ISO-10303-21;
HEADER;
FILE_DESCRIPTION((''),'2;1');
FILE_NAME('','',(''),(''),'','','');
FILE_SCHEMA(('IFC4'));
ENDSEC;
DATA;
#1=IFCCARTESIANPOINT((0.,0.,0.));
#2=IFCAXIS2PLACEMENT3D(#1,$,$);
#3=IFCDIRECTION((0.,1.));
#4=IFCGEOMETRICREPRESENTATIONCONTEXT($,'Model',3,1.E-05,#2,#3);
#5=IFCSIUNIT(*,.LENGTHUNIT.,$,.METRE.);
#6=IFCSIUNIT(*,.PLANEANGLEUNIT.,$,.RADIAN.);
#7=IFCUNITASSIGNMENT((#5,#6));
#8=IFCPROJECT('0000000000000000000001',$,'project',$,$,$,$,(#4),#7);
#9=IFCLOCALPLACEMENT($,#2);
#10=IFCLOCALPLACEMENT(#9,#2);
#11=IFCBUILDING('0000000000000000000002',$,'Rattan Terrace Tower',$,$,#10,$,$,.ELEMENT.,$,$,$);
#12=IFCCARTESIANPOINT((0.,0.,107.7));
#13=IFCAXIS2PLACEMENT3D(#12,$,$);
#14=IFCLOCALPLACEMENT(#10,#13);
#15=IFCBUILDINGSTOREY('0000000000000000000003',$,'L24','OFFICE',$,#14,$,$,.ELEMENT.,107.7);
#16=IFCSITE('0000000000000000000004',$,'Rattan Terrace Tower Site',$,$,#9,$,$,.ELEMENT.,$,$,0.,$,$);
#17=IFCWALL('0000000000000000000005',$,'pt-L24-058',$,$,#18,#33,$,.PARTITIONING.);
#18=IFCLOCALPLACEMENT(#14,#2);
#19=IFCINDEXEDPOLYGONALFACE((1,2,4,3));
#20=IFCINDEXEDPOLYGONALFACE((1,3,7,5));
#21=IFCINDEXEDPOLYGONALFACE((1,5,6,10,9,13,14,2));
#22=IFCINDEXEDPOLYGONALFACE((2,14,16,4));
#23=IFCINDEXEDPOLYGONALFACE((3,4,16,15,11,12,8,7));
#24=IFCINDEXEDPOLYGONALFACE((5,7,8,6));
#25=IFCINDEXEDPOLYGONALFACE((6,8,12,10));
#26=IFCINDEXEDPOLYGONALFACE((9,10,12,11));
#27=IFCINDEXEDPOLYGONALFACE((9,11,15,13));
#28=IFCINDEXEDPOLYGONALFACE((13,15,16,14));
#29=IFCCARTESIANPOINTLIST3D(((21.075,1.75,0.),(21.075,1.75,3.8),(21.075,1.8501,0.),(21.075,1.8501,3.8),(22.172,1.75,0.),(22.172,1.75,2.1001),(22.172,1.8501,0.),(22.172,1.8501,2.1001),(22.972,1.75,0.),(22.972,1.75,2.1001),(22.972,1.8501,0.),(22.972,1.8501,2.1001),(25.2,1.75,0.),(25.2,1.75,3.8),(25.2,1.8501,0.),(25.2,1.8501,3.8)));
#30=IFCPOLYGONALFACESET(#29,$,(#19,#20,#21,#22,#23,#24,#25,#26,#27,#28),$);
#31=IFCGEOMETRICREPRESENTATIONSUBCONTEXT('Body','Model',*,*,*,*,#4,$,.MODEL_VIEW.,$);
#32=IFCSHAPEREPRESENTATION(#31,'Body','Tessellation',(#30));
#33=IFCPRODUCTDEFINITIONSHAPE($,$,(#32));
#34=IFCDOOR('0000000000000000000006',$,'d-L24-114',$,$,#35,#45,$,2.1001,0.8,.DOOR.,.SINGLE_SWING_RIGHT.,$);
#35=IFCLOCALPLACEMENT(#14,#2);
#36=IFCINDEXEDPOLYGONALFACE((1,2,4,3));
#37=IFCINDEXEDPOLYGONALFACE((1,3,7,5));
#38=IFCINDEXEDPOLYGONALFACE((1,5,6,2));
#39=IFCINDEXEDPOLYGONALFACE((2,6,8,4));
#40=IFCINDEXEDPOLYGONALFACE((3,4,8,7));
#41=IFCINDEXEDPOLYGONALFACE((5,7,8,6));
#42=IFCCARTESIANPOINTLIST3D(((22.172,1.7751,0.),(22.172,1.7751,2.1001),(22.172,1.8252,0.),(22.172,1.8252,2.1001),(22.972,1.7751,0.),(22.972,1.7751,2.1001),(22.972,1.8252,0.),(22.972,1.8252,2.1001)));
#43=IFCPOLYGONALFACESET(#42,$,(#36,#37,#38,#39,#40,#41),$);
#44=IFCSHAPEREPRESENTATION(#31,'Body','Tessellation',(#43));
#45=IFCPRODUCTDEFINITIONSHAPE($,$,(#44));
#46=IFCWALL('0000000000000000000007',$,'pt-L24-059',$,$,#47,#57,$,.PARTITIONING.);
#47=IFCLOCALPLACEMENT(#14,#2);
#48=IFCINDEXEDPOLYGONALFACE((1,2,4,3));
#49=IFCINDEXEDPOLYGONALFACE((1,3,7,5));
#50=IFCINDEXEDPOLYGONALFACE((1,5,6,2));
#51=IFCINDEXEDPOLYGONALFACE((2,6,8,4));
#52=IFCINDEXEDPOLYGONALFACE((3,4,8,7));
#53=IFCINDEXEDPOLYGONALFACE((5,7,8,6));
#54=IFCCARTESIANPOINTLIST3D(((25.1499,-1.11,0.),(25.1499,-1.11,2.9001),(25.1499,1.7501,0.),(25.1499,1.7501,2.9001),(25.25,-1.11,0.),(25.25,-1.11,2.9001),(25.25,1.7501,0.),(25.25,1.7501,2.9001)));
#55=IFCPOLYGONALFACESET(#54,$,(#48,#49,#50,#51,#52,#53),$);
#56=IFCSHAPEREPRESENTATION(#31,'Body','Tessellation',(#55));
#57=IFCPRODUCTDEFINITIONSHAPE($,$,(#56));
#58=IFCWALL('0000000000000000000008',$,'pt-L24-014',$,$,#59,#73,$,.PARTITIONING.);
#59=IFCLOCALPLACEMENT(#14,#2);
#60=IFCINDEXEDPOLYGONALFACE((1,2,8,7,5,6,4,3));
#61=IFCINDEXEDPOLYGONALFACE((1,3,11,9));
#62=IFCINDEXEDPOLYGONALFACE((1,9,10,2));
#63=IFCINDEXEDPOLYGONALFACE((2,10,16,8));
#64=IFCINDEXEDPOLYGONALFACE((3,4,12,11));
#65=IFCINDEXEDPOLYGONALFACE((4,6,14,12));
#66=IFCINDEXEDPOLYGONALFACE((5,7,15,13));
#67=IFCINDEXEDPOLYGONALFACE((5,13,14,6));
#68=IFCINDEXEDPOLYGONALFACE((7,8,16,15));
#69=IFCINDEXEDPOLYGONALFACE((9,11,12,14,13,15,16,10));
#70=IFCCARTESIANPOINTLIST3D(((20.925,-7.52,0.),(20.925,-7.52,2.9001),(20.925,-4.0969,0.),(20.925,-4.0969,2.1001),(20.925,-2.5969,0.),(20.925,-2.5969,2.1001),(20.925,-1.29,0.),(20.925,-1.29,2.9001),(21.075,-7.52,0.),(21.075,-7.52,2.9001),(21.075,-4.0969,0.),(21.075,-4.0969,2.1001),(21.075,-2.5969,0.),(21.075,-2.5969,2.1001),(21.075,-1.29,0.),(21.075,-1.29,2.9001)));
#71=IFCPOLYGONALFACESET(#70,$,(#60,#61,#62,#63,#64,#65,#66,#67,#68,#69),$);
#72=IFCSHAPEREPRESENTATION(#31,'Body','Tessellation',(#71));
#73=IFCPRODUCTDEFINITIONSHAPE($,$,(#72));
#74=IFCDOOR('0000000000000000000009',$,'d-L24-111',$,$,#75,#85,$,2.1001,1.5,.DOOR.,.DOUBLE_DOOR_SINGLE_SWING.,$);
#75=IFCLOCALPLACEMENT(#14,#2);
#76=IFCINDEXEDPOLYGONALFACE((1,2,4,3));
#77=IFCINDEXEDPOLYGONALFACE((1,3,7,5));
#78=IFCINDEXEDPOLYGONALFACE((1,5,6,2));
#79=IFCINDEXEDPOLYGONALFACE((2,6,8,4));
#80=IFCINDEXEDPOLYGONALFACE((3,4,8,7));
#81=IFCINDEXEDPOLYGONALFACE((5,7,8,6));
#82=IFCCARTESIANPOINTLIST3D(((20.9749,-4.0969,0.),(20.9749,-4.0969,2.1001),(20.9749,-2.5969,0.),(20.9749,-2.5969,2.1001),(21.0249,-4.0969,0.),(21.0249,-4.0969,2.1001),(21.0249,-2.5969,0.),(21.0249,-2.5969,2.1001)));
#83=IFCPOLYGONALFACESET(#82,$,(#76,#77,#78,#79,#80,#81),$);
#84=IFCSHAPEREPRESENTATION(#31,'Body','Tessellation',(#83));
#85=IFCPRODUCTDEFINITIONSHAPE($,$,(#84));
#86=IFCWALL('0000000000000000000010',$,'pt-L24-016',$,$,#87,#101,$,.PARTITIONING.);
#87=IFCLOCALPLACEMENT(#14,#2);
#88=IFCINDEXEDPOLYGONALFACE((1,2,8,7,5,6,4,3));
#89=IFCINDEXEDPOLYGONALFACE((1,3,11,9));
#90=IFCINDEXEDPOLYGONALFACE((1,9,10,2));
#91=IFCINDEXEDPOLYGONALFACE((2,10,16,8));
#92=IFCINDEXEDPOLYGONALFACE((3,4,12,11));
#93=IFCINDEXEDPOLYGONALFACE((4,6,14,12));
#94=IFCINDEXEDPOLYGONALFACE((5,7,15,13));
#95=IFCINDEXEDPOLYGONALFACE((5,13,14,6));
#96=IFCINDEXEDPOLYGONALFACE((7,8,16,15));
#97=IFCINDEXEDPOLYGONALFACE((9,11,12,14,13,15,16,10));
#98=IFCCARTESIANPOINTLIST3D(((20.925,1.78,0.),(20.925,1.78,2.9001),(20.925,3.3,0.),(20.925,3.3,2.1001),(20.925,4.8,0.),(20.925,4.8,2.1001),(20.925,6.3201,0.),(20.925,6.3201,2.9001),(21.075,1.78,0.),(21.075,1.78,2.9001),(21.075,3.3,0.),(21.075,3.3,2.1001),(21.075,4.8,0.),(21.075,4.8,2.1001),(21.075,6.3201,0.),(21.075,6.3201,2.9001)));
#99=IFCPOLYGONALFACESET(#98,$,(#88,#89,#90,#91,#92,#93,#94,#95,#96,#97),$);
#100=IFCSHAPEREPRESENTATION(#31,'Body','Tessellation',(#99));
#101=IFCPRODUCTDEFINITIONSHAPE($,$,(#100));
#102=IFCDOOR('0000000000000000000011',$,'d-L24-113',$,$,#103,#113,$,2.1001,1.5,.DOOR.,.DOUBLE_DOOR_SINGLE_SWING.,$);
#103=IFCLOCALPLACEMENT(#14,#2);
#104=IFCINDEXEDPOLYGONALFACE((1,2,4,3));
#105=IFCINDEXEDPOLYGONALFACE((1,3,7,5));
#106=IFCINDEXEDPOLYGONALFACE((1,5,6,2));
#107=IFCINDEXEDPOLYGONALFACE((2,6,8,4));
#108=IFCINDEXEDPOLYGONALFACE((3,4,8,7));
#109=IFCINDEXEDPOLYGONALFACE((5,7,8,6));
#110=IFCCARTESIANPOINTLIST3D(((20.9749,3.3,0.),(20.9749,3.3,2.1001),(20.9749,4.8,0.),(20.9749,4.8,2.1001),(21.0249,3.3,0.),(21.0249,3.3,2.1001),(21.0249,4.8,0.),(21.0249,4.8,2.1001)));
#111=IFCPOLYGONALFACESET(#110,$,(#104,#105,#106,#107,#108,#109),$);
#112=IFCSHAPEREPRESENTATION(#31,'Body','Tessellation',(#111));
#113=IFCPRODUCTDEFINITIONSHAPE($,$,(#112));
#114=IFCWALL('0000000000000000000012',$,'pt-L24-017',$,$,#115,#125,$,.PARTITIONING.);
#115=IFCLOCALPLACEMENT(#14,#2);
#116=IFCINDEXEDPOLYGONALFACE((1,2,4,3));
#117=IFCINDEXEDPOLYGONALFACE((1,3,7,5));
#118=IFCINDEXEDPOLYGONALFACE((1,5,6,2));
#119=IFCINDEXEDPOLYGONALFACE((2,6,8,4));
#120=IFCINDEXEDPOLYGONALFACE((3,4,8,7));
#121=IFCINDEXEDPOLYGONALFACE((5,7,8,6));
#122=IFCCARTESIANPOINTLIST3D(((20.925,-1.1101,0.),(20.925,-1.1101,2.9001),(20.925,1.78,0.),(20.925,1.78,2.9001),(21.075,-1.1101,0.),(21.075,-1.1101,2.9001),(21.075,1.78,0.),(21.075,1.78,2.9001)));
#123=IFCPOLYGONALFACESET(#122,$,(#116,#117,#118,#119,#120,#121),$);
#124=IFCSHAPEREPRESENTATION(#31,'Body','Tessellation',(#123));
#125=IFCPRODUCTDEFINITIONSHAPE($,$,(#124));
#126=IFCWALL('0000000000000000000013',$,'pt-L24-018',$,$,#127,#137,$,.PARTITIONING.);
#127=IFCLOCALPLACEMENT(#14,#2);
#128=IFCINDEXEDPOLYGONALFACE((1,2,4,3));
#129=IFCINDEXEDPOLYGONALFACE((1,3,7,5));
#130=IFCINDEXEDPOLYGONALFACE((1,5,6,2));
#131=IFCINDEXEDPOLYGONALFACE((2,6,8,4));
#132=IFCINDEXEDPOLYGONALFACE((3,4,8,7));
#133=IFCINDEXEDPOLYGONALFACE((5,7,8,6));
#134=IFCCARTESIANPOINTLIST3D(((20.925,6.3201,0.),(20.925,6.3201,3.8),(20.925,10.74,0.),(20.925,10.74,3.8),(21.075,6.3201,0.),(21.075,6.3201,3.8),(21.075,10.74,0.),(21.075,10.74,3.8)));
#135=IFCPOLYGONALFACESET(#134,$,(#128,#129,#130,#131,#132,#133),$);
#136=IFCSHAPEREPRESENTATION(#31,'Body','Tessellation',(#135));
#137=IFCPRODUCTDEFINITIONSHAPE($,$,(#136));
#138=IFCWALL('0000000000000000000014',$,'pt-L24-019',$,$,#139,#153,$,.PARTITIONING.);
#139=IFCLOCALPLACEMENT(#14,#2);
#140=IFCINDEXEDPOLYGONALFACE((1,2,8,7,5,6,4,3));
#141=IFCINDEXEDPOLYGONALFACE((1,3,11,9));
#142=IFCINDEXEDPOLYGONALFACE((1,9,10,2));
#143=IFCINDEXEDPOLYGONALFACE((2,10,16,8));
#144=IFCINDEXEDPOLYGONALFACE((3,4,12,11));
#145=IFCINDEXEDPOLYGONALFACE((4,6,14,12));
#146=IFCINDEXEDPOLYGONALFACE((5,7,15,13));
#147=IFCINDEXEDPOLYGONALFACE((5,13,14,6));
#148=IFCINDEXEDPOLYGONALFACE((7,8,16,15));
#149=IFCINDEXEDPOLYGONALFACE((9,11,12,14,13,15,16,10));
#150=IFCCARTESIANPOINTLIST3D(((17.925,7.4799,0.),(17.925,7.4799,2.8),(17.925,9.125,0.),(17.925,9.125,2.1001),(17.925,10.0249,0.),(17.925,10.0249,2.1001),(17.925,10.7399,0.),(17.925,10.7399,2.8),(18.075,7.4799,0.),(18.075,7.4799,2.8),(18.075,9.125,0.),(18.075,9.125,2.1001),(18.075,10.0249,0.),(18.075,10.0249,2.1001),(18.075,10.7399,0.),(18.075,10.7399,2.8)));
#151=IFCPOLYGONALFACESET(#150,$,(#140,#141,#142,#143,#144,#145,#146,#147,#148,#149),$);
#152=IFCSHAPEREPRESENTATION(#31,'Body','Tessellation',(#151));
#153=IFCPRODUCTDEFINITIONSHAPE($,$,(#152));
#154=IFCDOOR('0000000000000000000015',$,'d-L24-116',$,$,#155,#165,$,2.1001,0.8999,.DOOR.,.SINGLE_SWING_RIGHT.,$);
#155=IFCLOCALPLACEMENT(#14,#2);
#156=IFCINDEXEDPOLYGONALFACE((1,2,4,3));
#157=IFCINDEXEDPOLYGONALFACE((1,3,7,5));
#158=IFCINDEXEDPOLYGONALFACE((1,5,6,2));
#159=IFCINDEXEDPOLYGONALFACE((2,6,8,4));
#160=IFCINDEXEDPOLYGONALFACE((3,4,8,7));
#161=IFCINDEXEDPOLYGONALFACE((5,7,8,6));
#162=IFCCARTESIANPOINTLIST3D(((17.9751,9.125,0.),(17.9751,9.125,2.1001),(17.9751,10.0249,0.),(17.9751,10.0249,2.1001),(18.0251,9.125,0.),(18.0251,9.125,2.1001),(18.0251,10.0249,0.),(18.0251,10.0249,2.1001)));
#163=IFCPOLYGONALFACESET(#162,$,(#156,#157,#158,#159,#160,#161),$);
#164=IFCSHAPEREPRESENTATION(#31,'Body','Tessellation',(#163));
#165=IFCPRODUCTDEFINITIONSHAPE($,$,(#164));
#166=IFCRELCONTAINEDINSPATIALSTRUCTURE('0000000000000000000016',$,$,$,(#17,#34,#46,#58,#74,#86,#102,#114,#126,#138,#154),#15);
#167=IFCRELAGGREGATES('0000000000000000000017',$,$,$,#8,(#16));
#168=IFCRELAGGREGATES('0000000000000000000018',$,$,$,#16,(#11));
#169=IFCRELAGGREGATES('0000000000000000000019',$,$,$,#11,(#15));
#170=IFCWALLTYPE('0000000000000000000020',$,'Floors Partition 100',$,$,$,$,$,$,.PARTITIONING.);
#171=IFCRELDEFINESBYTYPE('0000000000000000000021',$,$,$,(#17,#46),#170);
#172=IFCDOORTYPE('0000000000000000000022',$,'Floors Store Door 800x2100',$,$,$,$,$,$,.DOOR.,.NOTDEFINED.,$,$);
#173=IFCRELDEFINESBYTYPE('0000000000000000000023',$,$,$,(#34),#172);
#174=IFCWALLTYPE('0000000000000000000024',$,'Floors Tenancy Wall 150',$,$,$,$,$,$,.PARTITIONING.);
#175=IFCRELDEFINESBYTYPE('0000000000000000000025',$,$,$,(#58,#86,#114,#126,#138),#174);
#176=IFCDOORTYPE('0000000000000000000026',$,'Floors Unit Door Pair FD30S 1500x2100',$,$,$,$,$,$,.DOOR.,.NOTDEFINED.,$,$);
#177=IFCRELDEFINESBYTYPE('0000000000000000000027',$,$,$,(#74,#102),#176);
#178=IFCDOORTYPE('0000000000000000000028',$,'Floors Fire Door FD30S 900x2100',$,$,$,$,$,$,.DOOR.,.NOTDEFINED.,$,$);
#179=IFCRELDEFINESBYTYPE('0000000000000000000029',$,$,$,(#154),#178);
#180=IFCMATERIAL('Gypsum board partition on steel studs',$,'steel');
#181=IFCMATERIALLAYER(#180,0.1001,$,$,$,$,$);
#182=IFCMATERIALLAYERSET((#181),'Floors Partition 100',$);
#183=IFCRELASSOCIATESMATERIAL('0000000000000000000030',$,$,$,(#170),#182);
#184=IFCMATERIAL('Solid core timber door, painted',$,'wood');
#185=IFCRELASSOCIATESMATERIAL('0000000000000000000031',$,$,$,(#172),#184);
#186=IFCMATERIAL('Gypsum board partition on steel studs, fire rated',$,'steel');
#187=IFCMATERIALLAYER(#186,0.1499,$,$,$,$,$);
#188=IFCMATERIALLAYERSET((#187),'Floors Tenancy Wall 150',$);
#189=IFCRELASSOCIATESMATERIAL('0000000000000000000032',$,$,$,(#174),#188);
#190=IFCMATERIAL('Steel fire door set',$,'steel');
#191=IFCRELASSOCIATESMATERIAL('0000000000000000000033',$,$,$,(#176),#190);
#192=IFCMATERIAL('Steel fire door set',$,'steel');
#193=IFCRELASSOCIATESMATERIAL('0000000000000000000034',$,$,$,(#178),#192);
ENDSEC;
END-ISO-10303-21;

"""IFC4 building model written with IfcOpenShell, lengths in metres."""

from ifc_helpers import new_model, si_unit, direction, frame, frame_2d, origin, place, context, subcontext, project, spatial, rectangle, extrude, material, layer, layer_set, type_object, element, fill, save


model = new_model("IFC4")

# Units and contexts
model_context = context("Model", 3, precision=1e-05, world=origin(), true_north=direction((0.0, 1.0)))
body_context = subcontext(model_context, "Body", "Model", "MODEL_VIEW")
ifc_project = project(units=[si_unit("LENGTHUNIT", "METRE"), si_unit("PLANEANGLEUNIT", "RADIAN")], contexts=[model_context])

# Site, building, storey
site_placement = place(None, origin())
site = spatial("IfcSite", under=ifc_project, at=site_placement, Name="Rattan Terrace Tower Site", CompositionType="ELEMENT", RefElevation=0.0)
building_placement = place(site_placement, origin())
building = spatial("IfcBuilding", under=site, at=building_placement, Name="Rattan Terrace Tower", CompositionType="ELEMENT")
storey_placement = place(building_placement, frame((0.0, 0.0, 107.7)))
storey = spatial("IfcBuildingStorey", under=building, at=storey_placement, Name="L24", Description="OFFICE", CompositionType="ELEMENT", Elevation=107.7)

# Wall, opening, door
ifc_material_1 = material(Name="Gypsum board partition on steel studs", Category="steel")
ifc_layer_1 = layer(ifc_material_1, 0.1001)
ifc_layer_set_1 = layer_set([ifc_layer_1], Name="Floors Partition 100")
wall_type_1 = type_object("IfcWallType", Name="Floors Partition 100", PredefinedType="PARTITIONING", material=ifc_layer_set_1)
wall_1_placement = place(storey_placement, frame((25.2, 1.8, 0.0), z_axis=(0.0, 0.0, 1.0), x_axis=(-1.0, 0.0, 0.0)))
wall_1 = element("IfcWall", 1, at=wall_1_placement, inside=storey, type_object=wall_type_1, Name="pt-L24-058", PredefinedType="PARTITIONING", context=body_context, shape_type="SweptSolid", body=[
    extrude(rectangle(XDim=4.125, YDim=0.1001, at=frame_2d((2.0625, 0.0))), origin(), (0.0, 0.0, 1.0), 3.8),
])
opening_1_placement = place(wall_1_placement, frame((2.228, 0.0, 0.0)))
opening_1 = element("IfcOpeningElement", 2, at=opening_1_placement, cuts=wall_1, PredefinedType="OPENING", context=body_context, shape_type="SweptSolid", body=[
    extrude(rectangle(XDim=0.8, YDim=2.1001, at=frame_2d((0.3999, 1.05))), frame((0.0, 0.0605, 0.0), z_axis=(0.0, -1.0, 0.0), x_axis=(1.0, 0.0, 0.0)), (0.0, 0.0, 1.0), 0.1211),
])
ifc_material_2 = material(Name="Solid core timber door, painted", Category="wood")
door_type_1 = type_object("IfcDoorType", Name="Floors Store Door 800x2100", OperationType="NOTDEFINED", PredefinedType="DOOR", material=ifc_material_2)
door_1_placement = place(opening_1_placement, origin())
door_1 = element("IfcDoor", 3, at=door_1_placement, inside=storey, type_object=door_type_1, Name="d-L24-114", OperationType="SINGLE_SWING_RIGHT", OverallHeight=2.1001, OverallWidth=0.8, PredefinedType="DOOR", context=body_context, shape_type="SweptSolid", body=[
    extrude(rectangle(XDim=0.8, YDim=2.1001, at=frame_2d((0.3999, 1.05))), frame((0.0, 0.0249, 0.0), z_axis=(0.0, -1.0, 0.0), x_axis=(1.0, 0.0, 0.0)), (0.0, 0.0, 1.0), 0.05),
])
fill(opening_1, door_1)

# Wall
wall_2_placement = place(storey_placement, frame((25.2, -1.1101, 0.0), z_axis=(0.0, 0.0, 1.0), x_axis=(0.0, 1.0, 0.0)))
element("IfcWall", 4, at=wall_2_placement, inside=storey, type_object=wall_type_1, Name="pt-L24-059", PredefinedType="PARTITIONING", context=body_context, shape_type="SweptSolid", body=[
    extrude(rectangle(XDim=2.8601, YDim=0.1001, at=frame_2d((1.4302, 0.0))), origin(), (0.0, 0.0, 1.0), 2.9001),
])

# Walls, openings, doors
ifc_material_3 = material(Name="Gypsum board partition on steel studs, fire rated", Category="steel")
ifc_layer_2 = layer(ifc_material_3, 0.1499)
ifc_layer_set_2 = layer_set([ifc_layer_2], Name="Floors Tenancy Wall 150")
wall_type_2 = type_object("IfcWallType", Name="Floors Tenancy Wall 150", PredefinedType="PARTITIONING", material=ifc_layer_set_2)
wall_3_placement = place(storey_placement, frame((21.0, -1.29, 0.0), z_axis=(0.0, 0.0, 1.0), x_axis=(0.0, -1.0, 0.0)))
wall_3 = element("IfcWall", 5, at=wall_3_placement, inside=storey, type_object=wall_type_2, Name="pt-L24-014", PredefinedType="PARTITIONING", context=body_context, shape_type="SweptSolid", body=[
    extrude(rectangle(XDim=6.23, YDim=0.1499, at=frame_2d((3.115, 0.0))), origin(), (0.0, 0.0, 1.0), 2.9001),
])
opening_2_placement = place(wall_3_placement, frame((1.3069, 0.0, 0.0)))
opening_2 = element("IfcOpeningElement", 6, at=opening_2_placement, cuts=wall_3, PredefinedType="OPENING", context=body_context, shape_type="SweptSolid", body=[
    extrude(rectangle(XDim=1.5, YDim=2.1001, at=frame_2d((0.75, 1.05))), frame((0.0, 0.0854, 0.0), z_axis=(0.0, -1.0, 0.0), x_axis=(1.0, 0.0, 0.0)), (0.0, 0.0, 1.0), 0.1709),
])
ifc_material_4 = material(Name="Steel fire door set", Category="steel")
door_type_2 = type_object("IfcDoorType", Name="Floors Unit Door Pair FD30S 1500x2100", OperationType="NOTDEFINED", PredefinedType="DOOR", material=ifc_material_4)
door_2_placement = place(opening_2_placement, origin())
door_2 = element("IfcDoor", 7, at=door_2_placement, inside=storey, type_object=door_type_2, Name="d-L24-111", OperationType="DOUBLE_DOOR_SINGLE_SWING", OverallHeight=2.1001, OverallWidth=1.5, PredefinedType="DOOR", context=body_context, shape_type="SweptSolid", body=[
    extrude(rectangle(XDim=1.5, YDim=2.1001, at=frame_2d((0.75, 1.05))), frame((0.0, 0.0249, 0.0), z_axis=(0.0, -1.0, 0.0), x_axis=(1.0, 0.0, 0.0)), (0.0, 0.0, 1.0), 0.05),
])
fill(opening_2, door_2)
wall_4_placement = place(storey_placement, frame((21.0, 6.3201, 0.0), z_axis=(0.0, 0.0, 1.0), x_axis=(0.0, -1.0, 0.0)))
wall_4 = element("IfcWall", 8, at=wall_4_placement, inside=storey, type_object=wall_type_2, Name="pt-L24-016", PredefinedType="PARTITIONING", context=body_context, shape_type="SweptSolid", body=[
    extrude(rectangle(XDim=4.54, YDim=0.1499, at=frame_2d((2.27, 0.0))), origin(), (0.0, 0.0, 1.0), 2.9001),
])
opening_3_placement = place(wall_4_placement, frame((1.52, 0.0, 0.0)))
opening_3 = element("IfcOpeningElement", 9, at=opening_3_placement, cuts=wall_4, PredefinedType="OPENING", context=body_context, shape_type="SweptSolid", body=[
    extrude(rectangle(XDim=1.5, YDim=2.1001, at=frame_2d((0.75, 1.05))), frame((0.0, 0.0854, 0.0), z_axis=(0.0, -1.0, 0.0), x_axis=(1.0, 0.0, 0.0)), (0.0, 0.0, 1.0), 0.1709),
])
door_3_placement = place(opening_3_placement, origin())
door_3 = element("IfcDoor", 10, at=door_3_placement, inside=storey, type_object=door_type_2, Name="d-L24-113", OperationType="DOUBLE_DOOR_SINGLE_SWING", OverallHeight=2.1001, OverallWidth=1.5, PredefinedType="DOOR", context=body_context, shape_type="SweptSolid", body=[
    extrude(rectangle(XDim=1.5, YDim=2.1001, at=frame_2d((0.75, 1.05))), frame((0.0, 0.0249, 0.0), z_axis=(0.0, -1.0, 0.0), x_axis=(1.0, 0.0, 0.0)), (0.0, 0.0, 1.0), 0.05),
])
fill(opening_3, door_3)

# Walls
wall_5_placement = place(storey_placement, frame((21.0, 1.78, 0.0), z_axis=(0.0, 0.0, 1.0), x_axis=(0.0, -1.0, 0.0)))
element("IfcWall", 11, at=wall_5_placement, inside=storey, type_object=wall_type_2, Name="pt-L24-017", PredefinedType="PARTITIONING", context=body_context, shape_type="SweptSolid", body=[
    extrude(rectangle(XDim=2.8901, YDim=0.1499, at=frame_2d((1.4451, 0.0))), origin(), (0.0, 0.0, 1.0), 2.9001),
])
wall_6_placement = place(storey_placement, frame((21.0, 10.74, 0.0), z_axis=(0.0, 0.0, 1.0), x_axis=(0.0, -1.0, 0.0)))
element("IfcWall", 12, at=wall_6_placement, inside=storey, type_object=wall_type_2, Name="pt-L24-018", PredefinedType="PARTITIONING", context=body_context, shape_type="SweptSolid", body=[
    extrude(rectangle(XDim=4.4199, YDim=0.1499, at=frame_2d((2.21, 0.0))), origin(), (0.0, 0.0, 1.0), 3.8),
])

# Wall, opening, door
wall_7_placement = place(storey_placement, frame((18.0, 7.48, 0.0), z_axis=(0.0, 0.0, 1.0), x_axis=(0.0, 1.0, 0.0)))
wall_7 = element("IfcWall", 13, at=wall_7_placement, inside=storey, type_object=wall_type_2, Name="pt-L24-019", PredefinedType="PARTITIONING", context=body_context, shape_type="SweptSolid", body=[
    extrude(rectangle(XDim=3.26, YDim=0.1499, at=frame_2d((1.6299, 0.0))), origin(), (0.0, 0.0, 1.0), 2.8),
])
opening_4_placement = place(wall_7_placement, frame((1.645, 0.0, 0.0)))
opening_4 = element("IfcOpeningElement", 14, at=opening_4_placement, cuts=wall_7, PredefinedType="OPENING", context=body_context, shape_type="SweptSolid", body=[
    extrude(rectangle(XDim=0.8999, YDim=2.1001, at=frame_2d((0.45, 1.05))), frame((0.0, 0.0854, 0.0), z_axis=(0.0, -1.0, 0.0), x_axis=(1.0, 0.0, 0.0)), (0.0, 0.0, 1.0), 0.1709),
])
ifc_material_5 = material(Name="Steel fire door set", Category="steel")
door_type_3 = type_object("IfcDoorType", Name="Floors Fire Door FD30S 900x2100", OperationType="NOTDEFINED", PredefinedType="DOOR", material=ifc_material_5)
door_4_placement = place(opening_4_placement, origin())
door_4 = element("IfcDoor", 15, at=door_4_placement, inside=storey, type_object=door_type_3, Name="d-L24-116", OperationType="SINGLE_SWING_RIGHT", OverallHeight=2.1001, OverallWidth=0.8999, PredefinedType="DOOR", context=body_context, shape_type="SweptSolid", body=[
    extrude(rectangle(XDim=0.8999, YDim=2.1001, at=frame_2d((0.45, 1.05))), frame((0.0, 0.0249, 0.0), z_axis=(0.0, -1.0, 0.0), x_axis=(1.0, 0.0, 0.0)), (0.0, 0.0, 1.0), 0.05),
])
fill(opening_4, door_4)

save(model, "model.ifc")
